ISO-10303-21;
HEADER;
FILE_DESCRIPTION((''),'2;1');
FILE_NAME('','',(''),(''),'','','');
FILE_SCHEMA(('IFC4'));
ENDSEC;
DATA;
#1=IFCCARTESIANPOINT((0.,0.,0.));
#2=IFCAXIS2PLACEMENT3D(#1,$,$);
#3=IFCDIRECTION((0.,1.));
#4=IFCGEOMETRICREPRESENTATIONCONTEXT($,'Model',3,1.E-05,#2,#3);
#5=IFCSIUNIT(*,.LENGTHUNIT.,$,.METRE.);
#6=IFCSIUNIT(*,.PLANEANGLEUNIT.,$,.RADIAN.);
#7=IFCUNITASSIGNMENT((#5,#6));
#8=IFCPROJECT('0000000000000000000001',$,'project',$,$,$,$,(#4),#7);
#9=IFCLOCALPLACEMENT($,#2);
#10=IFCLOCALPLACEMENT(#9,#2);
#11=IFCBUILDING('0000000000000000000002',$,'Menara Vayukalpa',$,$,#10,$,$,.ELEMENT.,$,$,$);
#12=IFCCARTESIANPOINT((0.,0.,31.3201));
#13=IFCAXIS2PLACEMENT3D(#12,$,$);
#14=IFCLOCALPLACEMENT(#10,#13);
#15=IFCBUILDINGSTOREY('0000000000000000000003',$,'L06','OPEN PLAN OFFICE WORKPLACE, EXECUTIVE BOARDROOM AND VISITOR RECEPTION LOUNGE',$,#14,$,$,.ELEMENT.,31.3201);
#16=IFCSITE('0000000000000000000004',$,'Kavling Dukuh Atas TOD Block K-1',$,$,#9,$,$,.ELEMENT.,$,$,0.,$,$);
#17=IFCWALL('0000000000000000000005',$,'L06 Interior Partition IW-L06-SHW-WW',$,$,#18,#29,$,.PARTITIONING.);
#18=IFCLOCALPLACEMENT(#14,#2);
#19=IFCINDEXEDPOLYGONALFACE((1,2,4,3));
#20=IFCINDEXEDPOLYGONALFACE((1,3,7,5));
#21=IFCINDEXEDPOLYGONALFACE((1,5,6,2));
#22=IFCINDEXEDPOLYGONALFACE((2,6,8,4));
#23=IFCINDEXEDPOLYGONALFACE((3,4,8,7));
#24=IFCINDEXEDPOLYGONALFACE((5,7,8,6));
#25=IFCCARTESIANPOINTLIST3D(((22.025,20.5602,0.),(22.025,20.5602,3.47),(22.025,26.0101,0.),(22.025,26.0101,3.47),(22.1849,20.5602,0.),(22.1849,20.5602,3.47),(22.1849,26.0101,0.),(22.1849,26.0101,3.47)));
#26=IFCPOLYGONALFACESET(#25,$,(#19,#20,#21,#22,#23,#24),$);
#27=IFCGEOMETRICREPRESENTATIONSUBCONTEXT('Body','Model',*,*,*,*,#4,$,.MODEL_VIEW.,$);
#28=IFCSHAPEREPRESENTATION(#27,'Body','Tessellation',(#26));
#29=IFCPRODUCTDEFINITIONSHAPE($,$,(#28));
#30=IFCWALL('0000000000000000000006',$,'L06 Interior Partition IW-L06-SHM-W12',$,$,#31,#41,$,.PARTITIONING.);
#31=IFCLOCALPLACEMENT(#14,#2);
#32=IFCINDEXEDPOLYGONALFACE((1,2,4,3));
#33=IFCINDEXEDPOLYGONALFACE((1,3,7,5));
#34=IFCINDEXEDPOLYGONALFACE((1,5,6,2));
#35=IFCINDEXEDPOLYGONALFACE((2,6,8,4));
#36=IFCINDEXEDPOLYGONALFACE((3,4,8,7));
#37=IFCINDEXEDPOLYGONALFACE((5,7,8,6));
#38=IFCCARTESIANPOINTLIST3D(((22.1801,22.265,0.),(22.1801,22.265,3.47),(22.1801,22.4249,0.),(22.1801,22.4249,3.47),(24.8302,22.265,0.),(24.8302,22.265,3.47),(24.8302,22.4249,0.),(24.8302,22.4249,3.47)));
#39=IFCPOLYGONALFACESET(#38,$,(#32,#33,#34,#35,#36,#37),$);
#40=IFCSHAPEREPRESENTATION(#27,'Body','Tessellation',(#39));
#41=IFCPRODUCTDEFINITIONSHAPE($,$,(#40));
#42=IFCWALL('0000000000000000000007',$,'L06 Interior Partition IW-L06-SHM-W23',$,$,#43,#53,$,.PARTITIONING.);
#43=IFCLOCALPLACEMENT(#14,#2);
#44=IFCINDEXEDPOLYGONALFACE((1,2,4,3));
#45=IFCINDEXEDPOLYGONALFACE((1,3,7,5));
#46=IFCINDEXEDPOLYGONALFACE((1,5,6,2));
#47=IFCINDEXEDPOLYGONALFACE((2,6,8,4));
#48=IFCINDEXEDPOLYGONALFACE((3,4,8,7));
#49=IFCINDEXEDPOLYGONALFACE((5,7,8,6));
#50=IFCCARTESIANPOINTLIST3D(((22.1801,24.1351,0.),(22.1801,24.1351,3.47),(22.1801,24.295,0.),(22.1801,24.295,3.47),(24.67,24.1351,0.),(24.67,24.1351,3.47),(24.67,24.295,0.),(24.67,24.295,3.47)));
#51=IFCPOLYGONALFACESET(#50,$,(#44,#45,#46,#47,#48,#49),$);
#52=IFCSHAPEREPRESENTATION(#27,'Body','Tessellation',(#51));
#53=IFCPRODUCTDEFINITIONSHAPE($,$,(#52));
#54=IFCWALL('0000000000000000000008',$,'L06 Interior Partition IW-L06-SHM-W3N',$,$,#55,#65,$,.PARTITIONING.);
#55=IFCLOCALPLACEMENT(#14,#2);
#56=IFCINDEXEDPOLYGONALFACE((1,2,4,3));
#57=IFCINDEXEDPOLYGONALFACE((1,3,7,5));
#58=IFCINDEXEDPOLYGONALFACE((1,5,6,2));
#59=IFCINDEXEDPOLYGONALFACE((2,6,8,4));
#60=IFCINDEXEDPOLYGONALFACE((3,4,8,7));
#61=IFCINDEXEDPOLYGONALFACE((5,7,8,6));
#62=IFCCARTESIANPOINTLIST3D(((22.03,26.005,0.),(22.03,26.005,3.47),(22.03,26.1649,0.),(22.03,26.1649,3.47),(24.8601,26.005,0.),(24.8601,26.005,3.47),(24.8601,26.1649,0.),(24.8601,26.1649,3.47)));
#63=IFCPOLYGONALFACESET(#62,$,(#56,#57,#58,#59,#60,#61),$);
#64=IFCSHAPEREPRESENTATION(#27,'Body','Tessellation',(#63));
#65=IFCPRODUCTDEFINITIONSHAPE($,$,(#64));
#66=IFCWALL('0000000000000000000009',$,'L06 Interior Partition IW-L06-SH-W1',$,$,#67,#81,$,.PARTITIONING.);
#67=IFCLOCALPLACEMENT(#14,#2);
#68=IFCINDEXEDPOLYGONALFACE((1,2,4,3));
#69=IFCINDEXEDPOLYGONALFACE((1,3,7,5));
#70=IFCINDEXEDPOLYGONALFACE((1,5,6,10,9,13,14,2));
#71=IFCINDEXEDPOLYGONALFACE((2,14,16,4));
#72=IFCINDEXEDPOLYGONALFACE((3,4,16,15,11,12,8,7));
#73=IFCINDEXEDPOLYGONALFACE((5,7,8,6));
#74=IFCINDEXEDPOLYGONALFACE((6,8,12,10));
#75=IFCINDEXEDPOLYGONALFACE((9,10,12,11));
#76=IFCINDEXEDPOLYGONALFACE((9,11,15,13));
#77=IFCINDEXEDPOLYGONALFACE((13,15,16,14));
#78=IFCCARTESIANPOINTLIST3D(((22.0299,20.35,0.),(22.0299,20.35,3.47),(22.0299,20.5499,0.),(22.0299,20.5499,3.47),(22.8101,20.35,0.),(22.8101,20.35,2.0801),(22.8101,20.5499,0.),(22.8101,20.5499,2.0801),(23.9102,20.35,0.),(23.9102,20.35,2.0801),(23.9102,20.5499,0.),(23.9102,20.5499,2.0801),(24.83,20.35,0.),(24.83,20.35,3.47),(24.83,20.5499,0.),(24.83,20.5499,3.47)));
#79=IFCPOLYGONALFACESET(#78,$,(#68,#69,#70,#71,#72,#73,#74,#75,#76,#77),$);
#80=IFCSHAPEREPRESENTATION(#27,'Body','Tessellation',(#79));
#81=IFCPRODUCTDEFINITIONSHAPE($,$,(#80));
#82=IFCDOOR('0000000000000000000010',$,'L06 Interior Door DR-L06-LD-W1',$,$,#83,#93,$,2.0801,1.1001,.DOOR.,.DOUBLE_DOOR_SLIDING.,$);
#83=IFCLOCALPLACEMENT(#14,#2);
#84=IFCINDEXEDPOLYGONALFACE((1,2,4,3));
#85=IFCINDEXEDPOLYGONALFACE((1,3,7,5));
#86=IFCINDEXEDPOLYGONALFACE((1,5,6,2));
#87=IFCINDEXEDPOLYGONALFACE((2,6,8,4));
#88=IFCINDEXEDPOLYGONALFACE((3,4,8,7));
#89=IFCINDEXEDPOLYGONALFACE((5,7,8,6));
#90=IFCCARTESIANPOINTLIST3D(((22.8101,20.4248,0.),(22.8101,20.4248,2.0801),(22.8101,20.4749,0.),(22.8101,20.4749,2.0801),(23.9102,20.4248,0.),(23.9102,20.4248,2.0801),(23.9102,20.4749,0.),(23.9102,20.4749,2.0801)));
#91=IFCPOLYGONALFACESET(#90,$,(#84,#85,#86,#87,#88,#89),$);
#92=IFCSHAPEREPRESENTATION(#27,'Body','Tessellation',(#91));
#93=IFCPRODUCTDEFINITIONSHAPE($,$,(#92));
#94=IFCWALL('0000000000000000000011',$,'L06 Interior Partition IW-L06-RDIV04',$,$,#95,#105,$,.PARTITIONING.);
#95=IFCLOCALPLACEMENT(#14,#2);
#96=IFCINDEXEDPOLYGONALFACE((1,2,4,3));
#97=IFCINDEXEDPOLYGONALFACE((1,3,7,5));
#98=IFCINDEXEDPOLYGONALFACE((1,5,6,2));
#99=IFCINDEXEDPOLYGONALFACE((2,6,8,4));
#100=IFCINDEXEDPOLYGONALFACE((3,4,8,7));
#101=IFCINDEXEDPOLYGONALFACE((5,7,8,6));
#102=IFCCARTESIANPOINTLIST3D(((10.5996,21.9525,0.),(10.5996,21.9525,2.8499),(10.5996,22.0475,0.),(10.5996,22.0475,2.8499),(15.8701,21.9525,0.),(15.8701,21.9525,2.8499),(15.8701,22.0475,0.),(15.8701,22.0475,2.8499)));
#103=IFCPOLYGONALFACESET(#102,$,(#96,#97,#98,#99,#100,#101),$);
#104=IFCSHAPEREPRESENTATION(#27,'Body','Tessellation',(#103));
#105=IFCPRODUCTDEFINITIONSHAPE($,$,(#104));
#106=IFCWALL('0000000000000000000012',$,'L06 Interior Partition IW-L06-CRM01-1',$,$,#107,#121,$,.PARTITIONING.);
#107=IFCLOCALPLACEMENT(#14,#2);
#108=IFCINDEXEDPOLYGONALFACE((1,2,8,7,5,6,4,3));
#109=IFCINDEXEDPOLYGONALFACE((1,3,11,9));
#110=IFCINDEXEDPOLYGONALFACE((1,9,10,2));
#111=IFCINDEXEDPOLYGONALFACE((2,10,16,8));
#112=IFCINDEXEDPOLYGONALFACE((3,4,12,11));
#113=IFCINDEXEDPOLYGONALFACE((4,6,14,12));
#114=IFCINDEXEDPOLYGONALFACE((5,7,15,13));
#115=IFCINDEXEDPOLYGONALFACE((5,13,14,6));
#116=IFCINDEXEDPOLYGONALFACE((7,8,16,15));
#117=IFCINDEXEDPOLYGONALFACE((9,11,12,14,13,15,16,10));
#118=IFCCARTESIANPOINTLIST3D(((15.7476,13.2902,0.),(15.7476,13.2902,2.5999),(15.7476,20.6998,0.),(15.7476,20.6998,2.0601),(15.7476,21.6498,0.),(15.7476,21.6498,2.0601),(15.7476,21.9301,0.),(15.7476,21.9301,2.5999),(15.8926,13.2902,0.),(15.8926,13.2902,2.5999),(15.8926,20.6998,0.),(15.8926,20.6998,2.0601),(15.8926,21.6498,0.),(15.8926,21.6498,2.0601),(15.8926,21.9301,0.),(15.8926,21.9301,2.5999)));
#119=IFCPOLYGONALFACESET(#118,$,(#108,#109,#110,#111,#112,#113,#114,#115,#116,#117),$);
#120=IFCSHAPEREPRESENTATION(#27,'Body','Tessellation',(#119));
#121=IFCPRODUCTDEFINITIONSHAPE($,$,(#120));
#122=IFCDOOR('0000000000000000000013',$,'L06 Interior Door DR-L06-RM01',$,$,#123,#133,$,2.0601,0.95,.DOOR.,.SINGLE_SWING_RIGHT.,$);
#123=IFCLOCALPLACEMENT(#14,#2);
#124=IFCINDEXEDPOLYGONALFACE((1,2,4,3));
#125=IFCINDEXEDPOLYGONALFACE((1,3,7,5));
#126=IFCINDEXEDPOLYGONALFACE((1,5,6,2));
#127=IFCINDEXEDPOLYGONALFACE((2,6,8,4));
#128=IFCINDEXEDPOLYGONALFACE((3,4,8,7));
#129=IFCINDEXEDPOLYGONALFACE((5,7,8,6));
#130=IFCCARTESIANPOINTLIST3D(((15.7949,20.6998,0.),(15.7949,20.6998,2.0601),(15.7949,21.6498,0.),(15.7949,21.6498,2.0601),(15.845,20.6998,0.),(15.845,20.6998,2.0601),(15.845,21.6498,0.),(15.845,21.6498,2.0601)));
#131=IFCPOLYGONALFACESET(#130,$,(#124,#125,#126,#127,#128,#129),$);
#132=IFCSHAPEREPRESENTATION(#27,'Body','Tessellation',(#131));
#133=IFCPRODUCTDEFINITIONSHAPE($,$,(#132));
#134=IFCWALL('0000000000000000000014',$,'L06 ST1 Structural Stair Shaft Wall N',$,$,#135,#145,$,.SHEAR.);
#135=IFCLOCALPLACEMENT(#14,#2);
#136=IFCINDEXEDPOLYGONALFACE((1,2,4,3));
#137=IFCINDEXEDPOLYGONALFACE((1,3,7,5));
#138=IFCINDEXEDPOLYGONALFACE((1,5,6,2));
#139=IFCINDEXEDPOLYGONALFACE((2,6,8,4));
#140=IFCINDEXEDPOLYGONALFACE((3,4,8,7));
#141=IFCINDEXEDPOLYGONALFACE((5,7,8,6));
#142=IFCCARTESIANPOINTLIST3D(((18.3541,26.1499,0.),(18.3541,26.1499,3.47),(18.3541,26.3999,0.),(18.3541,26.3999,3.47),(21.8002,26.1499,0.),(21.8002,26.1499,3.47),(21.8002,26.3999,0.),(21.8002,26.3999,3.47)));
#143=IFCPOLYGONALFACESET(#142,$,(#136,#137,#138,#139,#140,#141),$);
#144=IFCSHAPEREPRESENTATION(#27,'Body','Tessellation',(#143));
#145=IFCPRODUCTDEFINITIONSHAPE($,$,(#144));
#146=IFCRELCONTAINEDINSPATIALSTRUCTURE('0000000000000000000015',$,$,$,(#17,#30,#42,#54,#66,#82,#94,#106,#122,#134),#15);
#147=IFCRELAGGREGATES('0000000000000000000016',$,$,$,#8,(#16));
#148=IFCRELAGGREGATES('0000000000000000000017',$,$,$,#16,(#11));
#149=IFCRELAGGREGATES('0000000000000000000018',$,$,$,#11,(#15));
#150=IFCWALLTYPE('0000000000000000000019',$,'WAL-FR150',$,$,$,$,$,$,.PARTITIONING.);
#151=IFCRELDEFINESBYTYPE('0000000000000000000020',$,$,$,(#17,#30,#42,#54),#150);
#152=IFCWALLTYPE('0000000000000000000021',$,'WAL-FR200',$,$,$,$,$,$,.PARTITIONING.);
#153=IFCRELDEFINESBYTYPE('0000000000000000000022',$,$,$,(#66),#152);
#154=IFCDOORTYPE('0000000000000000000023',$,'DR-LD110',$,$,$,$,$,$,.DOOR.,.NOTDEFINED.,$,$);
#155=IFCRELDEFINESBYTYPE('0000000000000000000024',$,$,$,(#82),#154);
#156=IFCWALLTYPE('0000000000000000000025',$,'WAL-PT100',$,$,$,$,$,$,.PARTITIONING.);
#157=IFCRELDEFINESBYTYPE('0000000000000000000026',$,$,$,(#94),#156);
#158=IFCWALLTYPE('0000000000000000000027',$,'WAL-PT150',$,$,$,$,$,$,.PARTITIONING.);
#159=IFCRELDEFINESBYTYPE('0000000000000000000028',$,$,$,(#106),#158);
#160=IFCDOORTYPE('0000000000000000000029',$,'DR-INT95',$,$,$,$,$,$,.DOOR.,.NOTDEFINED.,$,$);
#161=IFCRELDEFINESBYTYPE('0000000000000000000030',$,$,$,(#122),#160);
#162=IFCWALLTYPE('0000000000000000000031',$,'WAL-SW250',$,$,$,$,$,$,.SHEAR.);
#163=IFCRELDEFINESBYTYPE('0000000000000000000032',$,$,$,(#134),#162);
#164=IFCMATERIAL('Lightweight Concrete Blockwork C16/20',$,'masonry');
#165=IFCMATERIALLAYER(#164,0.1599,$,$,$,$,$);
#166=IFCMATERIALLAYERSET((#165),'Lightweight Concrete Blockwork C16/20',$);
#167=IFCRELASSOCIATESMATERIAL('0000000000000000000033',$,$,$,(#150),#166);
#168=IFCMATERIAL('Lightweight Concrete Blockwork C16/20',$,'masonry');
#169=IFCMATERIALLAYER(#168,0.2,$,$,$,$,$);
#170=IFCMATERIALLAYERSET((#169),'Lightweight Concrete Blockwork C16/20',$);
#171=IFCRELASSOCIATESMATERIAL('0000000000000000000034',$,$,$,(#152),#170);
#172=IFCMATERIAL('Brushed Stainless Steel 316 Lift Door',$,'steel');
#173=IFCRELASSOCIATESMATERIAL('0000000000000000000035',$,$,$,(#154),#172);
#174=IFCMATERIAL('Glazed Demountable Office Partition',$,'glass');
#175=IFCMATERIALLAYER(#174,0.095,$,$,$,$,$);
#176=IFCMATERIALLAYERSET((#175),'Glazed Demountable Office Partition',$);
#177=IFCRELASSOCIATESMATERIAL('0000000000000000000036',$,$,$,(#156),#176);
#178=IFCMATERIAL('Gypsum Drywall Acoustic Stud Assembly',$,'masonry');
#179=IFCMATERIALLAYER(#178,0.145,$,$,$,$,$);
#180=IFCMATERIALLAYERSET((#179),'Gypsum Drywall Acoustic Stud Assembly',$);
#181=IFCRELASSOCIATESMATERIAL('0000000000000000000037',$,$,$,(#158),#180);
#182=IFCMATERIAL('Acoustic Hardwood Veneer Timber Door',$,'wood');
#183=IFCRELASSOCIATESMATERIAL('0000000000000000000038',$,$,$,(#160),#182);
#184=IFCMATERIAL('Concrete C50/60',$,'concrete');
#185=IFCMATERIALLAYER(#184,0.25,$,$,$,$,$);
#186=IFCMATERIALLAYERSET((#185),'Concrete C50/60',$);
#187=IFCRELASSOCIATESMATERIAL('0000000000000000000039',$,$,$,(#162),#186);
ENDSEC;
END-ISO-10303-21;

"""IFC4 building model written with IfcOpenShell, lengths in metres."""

from ifc_helpers import new_model, si_unit, direction, frame, frame_2d, origin, place, context, subcontext, project, spatial, rectangle, extrude, material, layer, layer_set, type_object, element, fill, save


model = new_model("IFC4")

# Units and contexts
model_context = context("Model", 3, precision=1e-05, world=origin(), true_north=direction((0.0, 1.0)))
body_context = subcontext(model_context, "Body", "Model", "MODEL_VIEW")
ifc_project = project(units=[si_unit("LENGTHUNIT", "METRE"), si_unit("PLANEANGLEUNIT", "RADIAN")], contexts=[model_context])

# Site, building, storey
site_placement = place(None, origin())
site = spatial("IfcSite", under=ifc_project, at=site_placement, Name="Kavling Dukuh Atas TOD Block K-1", CompositionType="ELEMENT", RefElevation=0.0)
building_placement = place(site_placement, origin())
building = spatial("IfcBuilding", under=site, at=building_placement, Name="Menara Vayukalpa", CompositionType="ELEMENT")
storey_placement = place(building_placement, frame((0.0, 0.0, 31.3201)))
storey = spatial("IfcBuildingStorey", under=building, at=storey_placement, Name="L06", Description="OPEN PLAN OFFICE WORKPLACE, EXECUTIVE BOARDROOM AND VISITOR RECEPTION LOUNGE", CompositionType="ELEMENT", Elevation=31.3201)

# Walls
ifc_material_1 = material(Name="Lightweight Concrete Blockwork C16/20", Category="masonry")
ifc_layer_1 = layer(ifc_material_1, 0.1599)
ifc_layer_set_1 = layer_set([ifc_layer_1], Name="Lightweight Concrete Blockwork C16/20")
wall_type_1 = type_object("IfcWallType", Name="WAL-FR150", PredefinedType="PARTITIONING", material=ifc_layer_set_1)
wall_1_placement = place(storey_placement, frame((22.105, 20.5601, 0.0), z_axis=(0.0, 0.0, 1.0), x_axis=(0.0, 1.0, 0.0)))
element("IfcWall", 1, at=wall_1_placement, inside=storey, type_object=wall_type_1, Name="L06 Interior Partition IW-L06-SHW-WW", PredefinedType="PARTITIONING", context=body_context, shape_type="SweptSolid", body=[
    extrude(rectangle(XDim=5.45, YDim=0.1599, at=frame_2d((2.7251, 0.0))), origin(), (0.0, 0.0, 1.0), 3.47),
])
wall_2_placement = place(storey_placement, frame((22.1799, 22.345, 0.0), z_axis=(0.0, 0.0, 1.0), x_axis=(1.0, 0.0, 0.0)))
element("IfcWall", 2, at=wall_2_placement, inside=storey, type_object=wall_type_1, Name="L06 Interior Partition IW-L06-SHM-W12", PredefinedType="PARTITIONING", context=body_context, shape_type="SweptSolid", body=[
    extrude(rectangle(XDim=2.6501, YDim=0.1599, at=frame_2d((1.3252, 0.0))), origin(), (0.0, 0.0, 1.0), 3.47),
])
wall_3_placement = place(storey_placement, frame((22.1799, 24.2151, 0.0), z_axis=(0.0, 0.0, 1.0), x_axis=(1.0, 0.0, 0.0)))
element("IfcWall", 3, at=wall_3_placement, inside=storey, type_object=wall_type_1, Name="L06 Interior Partition IW-L06-SHM-W23", PredefinedType="PARTITIONING", context=body_context, shape_type="SweptSolid", body=[
    extrude(rectangle(XDim=2.49, YDim=0.1599, at=frame_2d((1.2451, 0.0))), origin(), (0.0, 0.0, 1.0), 3.47),
])
wall_4_placement = place(storey_placement, frame((22.03, 26.085, 0.0), z_axis=(0.0, 0.0, 1.0), x_axis=(1.0, 0.0, 0.0)))
element("IfcWall", 4, at=wall_4_placement, inside=storey, type_object=wall_type_1, Name="L06 Interior Partition IW-L06-SHM-W3N", PredefinedType="PARTITIONING", context=body_context, shape_type="SweptSolid", body=[
    extrude(rectangle(XDim=2.8301, YDim=0.1599, at=frame_2d((1.415, 0.0))), origin(), (0.0, 0.0, 1.0), 3.47),
])

# Wall, opening, door
ifc_material_2 = material(Name="Lightweight Concrete Blockwork C16/20", Category="masonry")
ifc_layer_2 = layer(ifc_material_2, 0.2)
ifc_layer_set_2 = layer_set([ifc_layer_2], Name="Lightweight Concrete Blockwork C16/20")
wall_type_2 = type_object("IfcWallType", Name="WAL-FR200", PredefinedType="PARTITIONING", material=ifc_layer_set_2)
wall_5_placement = place(storey_placement, frame((22.03, 20.45, 0.0), z_axis=(0.0, 0.0, 1.0), x_axis=(1.0, 0.0, 0.0)))
wall_5 = element("IfcWall", 5, at=wall_5_placement, inside=storey, type_object=wall_type_2, Name="L06 Interior Partition IW-L06-SH-W1", PredefinedType="PARTITIONING", context=body_context, shape_type="SweptSolid", body=[
    extrude(rectangle(XDim=2.8, YDim=0.2, at=frame_2d((1.3999, 0.0))), origin(), (0.0, 0.0, 1.0), 3.47),
])
opening_1_placement = place(wall_5_placement, frame((0.78, 0.0, 0.0)))
opening_1 = element("IfcOpeningElement", 6, at=opening_1_placement, cuts=wall_5, PredefinedType="OPENING", context=body_context, shape_type="SweptSolid", body=[
    extrude(rectangle(XDim=1.1001, YDim=2.0801, at=frame_2d((0.55, 1.04))), frame((0.0, 0.1099, 0.0), z_axis=(0.0, -1.0, 0.0), x_axis=(1.0, 0.0, 0.0)), (0.0, 0.0, 1.0), 0.22),
])
ifc_material_3 = material(Name="Brushed Stainless Steel 316 Lift Door", Category="steel")
door_type_1 = type_object("IfcDoorType", Name="DR-LD110", OperationType="NOTDEFINED", PredefinedType="DOOR", material=ifc_material_3)
door_1_placement = place(opening_1_placement, origin())
door_1 = element("IfcDoor", 7, at=door_1_placement, inside=storey, type_object=door_type_1, Name="L06 Interior Door DR-L06-LD-W1", OperationType="DOUBLE_DOOR_SLIDING", OverallHeight=2.0801, OverallWidth=1.1001, PredefinedType="DOOR", context=body_context, shape_type="SweptSolid", body=[
    extrude(rectangle(XDim=1.1001, YDim=2.0801, at=frame_2d((0.55, 1.04))), frame((0.0, 0.0249, 0.0), z_axis=(0.0, -1.0, 0.0), x_axis=(1.0, 0.0, 0.0)), (0.0, 0.0, 1.0), 0.05),
])
fill(opening_1, door_1)

# Wall
ifc_material_4 = material(Name="Glazed Demountable Office Partition", Category="glass")
ifc_layer_3 = layer(ifc_material_4, 0.095)
ifc_layer_set_3 = layer_set([ifc_layer_3], Name="Glazed Demountable Office Partition")
wall_type_3 = type_object("IfcWallType", Name="WAL-PT100", PredefinedType="PARTITIONING", material=ifc_layer_set_3)
wall_6_placement = place(storey_placement, frame((15.8701, 22.0, 0.0), z_axis=(0.0, 0.0, 1.0), x_axis=(-1.0, 0.0, 0.0)))
element("IfcWall", 8, at=wall_6_placement, inside=storey, type_object=wall_type_3, Name="L06 Interior Partition IW-L06-RDIV04", PredefinedType="PARTITIONING", context=body_context, shape_type="SweptSolid", body=[
    extrude(rectangle(XDim=5.2705, YDim=0.095, at=frame_2d((2.6353, 0.0))), origin(), (0.0, 0.0, 1.0), 2.8499),
])

# Wall, opening, door
ifc_material_5 = material(Name="Gypsum Drywall Acoustic Stud Assembly", Category="masonry")
ifc_layer_4 = layer(ifc_material_5, 0.145)
ifc_layer_set_4 = layer_set([ifc_layer_4], Name="Gypsum Drywall Acoustic Stud Assembly")
wall_type_4 = type_object("IfcWallType", Name="WAL-PT150", PredefinedType="PARTITIONING", material=ifc_layer_set_4)
wall_7_placement = place(storey_placement, frame((15.8201, 21.9299, 0.0), z_axis=(0.0, 0.0, 1.0), x_axis=(0.0, -1.0, 0.0)))
wall_7 = element("IfcWall", 9, at=wall_7_placement, inside=storey, type_object=wall_type_4, Name="L06 Interior Partition IW-L06-CRM01-1", PredefinedType="PARTITIONING", context=body_context, shape_type="SweptSolid", body=[
    extrude(rectangle(XDim=8.6399, YDim=0.145, at=frame_2d((4.3198, 0.0))), origin(), (0.0, 0.0, 1.0), 2.5999),
])
opening_2_placement = place(wall_7_placement, frame((0.28, 0.0, 0.0)))
opening_2 = element("IfcOpeningElement", 10, at=opening_2_placement, cuts=wall_7, PredefinedType="OPENING", context=body_context, shape_type="SweptSolid", body=[
    extrude(rectangle(XDim=0.95, YDim=2.0601, at=frame_2d((0.4751, 1.03))), frame((0.0, 0.0825, 0.0), z_axis=(0.0, -1.0, 0.0), x_axis=(1.0, 0.0, 0.0)), (0.0, 0.0, 1.0), 0.165),
])
ifc_material_6 = material(Name="Acoustic Hardwood Veneer Timber Door", Category="wood")
door_type_2 = type_object("IfcDoorType", Name="DR-INT95", OperationType="NOTDEFINED", PredefinedType="DOOR", material=ifc_material_6)
door_2_placement = place(opening_2_placement, origin())
door_2 = element("IfcDoor", 11, at=door_2_placement, inside=storey, type_object=door_type_2, Name="L06 Interior Door DR-L06-RM01", OperationType="SINGLE_SWING_RIGHT", OverallHeight=2.0601, OverallWidth=0.95, PredefinedType="DOOR", context=body_context, shape_type="SweptSolid", body=[
    extrude(rectangle(XDim=0.95, YDim=2.0601, at=frame_2d((0.4751, 1.03))), frame((0.0, 0.0249, 0.0), z_axis=(0.0, -1.0, 0.0), x_axis=(1.0, 0.0, 0.0)), (0.0, 0.0, 1.0), 0.05),
])
fill(opening_2, door_2)

# Wall
ifc_material_7 = material(Name="Concrete C50/60", Category="concrete")
ifc_layer_5 = layer(ifc_material_7, 0.25)
ifc_layer_set_5 = layer_set([ifc_layer_5], Name="Concrete C50/60")
wall_type_5 = type_object("IfcWallType", Name="WAL-SW250", PredefinedType="SHEAR", material=ifc_layer_set_5)
wall_8_placement = place(storey_placement, frame((18.354, 26.2749, 0.0), z_axis=(0.0, 0.0, 1.0), x_axis=(1.0, 0.0, 0.0)))
element("IfcWall", 12, at=wall_8_placement, inside=storey, type_object=wall_type_5, Name="L06 ST1 Structural Stair Shaft Wall N", PredefinedType="SHEAR", context=body_context, shape_type="SweptSolid", body=[
    extrude(rectangle(XDim=3.446, YDim=0.25, at=frame_2d((1.7231, 0.0))), origin(), (0.0, 0.0, 1.0), 3.47),
])

save(model, "model.ifc")
